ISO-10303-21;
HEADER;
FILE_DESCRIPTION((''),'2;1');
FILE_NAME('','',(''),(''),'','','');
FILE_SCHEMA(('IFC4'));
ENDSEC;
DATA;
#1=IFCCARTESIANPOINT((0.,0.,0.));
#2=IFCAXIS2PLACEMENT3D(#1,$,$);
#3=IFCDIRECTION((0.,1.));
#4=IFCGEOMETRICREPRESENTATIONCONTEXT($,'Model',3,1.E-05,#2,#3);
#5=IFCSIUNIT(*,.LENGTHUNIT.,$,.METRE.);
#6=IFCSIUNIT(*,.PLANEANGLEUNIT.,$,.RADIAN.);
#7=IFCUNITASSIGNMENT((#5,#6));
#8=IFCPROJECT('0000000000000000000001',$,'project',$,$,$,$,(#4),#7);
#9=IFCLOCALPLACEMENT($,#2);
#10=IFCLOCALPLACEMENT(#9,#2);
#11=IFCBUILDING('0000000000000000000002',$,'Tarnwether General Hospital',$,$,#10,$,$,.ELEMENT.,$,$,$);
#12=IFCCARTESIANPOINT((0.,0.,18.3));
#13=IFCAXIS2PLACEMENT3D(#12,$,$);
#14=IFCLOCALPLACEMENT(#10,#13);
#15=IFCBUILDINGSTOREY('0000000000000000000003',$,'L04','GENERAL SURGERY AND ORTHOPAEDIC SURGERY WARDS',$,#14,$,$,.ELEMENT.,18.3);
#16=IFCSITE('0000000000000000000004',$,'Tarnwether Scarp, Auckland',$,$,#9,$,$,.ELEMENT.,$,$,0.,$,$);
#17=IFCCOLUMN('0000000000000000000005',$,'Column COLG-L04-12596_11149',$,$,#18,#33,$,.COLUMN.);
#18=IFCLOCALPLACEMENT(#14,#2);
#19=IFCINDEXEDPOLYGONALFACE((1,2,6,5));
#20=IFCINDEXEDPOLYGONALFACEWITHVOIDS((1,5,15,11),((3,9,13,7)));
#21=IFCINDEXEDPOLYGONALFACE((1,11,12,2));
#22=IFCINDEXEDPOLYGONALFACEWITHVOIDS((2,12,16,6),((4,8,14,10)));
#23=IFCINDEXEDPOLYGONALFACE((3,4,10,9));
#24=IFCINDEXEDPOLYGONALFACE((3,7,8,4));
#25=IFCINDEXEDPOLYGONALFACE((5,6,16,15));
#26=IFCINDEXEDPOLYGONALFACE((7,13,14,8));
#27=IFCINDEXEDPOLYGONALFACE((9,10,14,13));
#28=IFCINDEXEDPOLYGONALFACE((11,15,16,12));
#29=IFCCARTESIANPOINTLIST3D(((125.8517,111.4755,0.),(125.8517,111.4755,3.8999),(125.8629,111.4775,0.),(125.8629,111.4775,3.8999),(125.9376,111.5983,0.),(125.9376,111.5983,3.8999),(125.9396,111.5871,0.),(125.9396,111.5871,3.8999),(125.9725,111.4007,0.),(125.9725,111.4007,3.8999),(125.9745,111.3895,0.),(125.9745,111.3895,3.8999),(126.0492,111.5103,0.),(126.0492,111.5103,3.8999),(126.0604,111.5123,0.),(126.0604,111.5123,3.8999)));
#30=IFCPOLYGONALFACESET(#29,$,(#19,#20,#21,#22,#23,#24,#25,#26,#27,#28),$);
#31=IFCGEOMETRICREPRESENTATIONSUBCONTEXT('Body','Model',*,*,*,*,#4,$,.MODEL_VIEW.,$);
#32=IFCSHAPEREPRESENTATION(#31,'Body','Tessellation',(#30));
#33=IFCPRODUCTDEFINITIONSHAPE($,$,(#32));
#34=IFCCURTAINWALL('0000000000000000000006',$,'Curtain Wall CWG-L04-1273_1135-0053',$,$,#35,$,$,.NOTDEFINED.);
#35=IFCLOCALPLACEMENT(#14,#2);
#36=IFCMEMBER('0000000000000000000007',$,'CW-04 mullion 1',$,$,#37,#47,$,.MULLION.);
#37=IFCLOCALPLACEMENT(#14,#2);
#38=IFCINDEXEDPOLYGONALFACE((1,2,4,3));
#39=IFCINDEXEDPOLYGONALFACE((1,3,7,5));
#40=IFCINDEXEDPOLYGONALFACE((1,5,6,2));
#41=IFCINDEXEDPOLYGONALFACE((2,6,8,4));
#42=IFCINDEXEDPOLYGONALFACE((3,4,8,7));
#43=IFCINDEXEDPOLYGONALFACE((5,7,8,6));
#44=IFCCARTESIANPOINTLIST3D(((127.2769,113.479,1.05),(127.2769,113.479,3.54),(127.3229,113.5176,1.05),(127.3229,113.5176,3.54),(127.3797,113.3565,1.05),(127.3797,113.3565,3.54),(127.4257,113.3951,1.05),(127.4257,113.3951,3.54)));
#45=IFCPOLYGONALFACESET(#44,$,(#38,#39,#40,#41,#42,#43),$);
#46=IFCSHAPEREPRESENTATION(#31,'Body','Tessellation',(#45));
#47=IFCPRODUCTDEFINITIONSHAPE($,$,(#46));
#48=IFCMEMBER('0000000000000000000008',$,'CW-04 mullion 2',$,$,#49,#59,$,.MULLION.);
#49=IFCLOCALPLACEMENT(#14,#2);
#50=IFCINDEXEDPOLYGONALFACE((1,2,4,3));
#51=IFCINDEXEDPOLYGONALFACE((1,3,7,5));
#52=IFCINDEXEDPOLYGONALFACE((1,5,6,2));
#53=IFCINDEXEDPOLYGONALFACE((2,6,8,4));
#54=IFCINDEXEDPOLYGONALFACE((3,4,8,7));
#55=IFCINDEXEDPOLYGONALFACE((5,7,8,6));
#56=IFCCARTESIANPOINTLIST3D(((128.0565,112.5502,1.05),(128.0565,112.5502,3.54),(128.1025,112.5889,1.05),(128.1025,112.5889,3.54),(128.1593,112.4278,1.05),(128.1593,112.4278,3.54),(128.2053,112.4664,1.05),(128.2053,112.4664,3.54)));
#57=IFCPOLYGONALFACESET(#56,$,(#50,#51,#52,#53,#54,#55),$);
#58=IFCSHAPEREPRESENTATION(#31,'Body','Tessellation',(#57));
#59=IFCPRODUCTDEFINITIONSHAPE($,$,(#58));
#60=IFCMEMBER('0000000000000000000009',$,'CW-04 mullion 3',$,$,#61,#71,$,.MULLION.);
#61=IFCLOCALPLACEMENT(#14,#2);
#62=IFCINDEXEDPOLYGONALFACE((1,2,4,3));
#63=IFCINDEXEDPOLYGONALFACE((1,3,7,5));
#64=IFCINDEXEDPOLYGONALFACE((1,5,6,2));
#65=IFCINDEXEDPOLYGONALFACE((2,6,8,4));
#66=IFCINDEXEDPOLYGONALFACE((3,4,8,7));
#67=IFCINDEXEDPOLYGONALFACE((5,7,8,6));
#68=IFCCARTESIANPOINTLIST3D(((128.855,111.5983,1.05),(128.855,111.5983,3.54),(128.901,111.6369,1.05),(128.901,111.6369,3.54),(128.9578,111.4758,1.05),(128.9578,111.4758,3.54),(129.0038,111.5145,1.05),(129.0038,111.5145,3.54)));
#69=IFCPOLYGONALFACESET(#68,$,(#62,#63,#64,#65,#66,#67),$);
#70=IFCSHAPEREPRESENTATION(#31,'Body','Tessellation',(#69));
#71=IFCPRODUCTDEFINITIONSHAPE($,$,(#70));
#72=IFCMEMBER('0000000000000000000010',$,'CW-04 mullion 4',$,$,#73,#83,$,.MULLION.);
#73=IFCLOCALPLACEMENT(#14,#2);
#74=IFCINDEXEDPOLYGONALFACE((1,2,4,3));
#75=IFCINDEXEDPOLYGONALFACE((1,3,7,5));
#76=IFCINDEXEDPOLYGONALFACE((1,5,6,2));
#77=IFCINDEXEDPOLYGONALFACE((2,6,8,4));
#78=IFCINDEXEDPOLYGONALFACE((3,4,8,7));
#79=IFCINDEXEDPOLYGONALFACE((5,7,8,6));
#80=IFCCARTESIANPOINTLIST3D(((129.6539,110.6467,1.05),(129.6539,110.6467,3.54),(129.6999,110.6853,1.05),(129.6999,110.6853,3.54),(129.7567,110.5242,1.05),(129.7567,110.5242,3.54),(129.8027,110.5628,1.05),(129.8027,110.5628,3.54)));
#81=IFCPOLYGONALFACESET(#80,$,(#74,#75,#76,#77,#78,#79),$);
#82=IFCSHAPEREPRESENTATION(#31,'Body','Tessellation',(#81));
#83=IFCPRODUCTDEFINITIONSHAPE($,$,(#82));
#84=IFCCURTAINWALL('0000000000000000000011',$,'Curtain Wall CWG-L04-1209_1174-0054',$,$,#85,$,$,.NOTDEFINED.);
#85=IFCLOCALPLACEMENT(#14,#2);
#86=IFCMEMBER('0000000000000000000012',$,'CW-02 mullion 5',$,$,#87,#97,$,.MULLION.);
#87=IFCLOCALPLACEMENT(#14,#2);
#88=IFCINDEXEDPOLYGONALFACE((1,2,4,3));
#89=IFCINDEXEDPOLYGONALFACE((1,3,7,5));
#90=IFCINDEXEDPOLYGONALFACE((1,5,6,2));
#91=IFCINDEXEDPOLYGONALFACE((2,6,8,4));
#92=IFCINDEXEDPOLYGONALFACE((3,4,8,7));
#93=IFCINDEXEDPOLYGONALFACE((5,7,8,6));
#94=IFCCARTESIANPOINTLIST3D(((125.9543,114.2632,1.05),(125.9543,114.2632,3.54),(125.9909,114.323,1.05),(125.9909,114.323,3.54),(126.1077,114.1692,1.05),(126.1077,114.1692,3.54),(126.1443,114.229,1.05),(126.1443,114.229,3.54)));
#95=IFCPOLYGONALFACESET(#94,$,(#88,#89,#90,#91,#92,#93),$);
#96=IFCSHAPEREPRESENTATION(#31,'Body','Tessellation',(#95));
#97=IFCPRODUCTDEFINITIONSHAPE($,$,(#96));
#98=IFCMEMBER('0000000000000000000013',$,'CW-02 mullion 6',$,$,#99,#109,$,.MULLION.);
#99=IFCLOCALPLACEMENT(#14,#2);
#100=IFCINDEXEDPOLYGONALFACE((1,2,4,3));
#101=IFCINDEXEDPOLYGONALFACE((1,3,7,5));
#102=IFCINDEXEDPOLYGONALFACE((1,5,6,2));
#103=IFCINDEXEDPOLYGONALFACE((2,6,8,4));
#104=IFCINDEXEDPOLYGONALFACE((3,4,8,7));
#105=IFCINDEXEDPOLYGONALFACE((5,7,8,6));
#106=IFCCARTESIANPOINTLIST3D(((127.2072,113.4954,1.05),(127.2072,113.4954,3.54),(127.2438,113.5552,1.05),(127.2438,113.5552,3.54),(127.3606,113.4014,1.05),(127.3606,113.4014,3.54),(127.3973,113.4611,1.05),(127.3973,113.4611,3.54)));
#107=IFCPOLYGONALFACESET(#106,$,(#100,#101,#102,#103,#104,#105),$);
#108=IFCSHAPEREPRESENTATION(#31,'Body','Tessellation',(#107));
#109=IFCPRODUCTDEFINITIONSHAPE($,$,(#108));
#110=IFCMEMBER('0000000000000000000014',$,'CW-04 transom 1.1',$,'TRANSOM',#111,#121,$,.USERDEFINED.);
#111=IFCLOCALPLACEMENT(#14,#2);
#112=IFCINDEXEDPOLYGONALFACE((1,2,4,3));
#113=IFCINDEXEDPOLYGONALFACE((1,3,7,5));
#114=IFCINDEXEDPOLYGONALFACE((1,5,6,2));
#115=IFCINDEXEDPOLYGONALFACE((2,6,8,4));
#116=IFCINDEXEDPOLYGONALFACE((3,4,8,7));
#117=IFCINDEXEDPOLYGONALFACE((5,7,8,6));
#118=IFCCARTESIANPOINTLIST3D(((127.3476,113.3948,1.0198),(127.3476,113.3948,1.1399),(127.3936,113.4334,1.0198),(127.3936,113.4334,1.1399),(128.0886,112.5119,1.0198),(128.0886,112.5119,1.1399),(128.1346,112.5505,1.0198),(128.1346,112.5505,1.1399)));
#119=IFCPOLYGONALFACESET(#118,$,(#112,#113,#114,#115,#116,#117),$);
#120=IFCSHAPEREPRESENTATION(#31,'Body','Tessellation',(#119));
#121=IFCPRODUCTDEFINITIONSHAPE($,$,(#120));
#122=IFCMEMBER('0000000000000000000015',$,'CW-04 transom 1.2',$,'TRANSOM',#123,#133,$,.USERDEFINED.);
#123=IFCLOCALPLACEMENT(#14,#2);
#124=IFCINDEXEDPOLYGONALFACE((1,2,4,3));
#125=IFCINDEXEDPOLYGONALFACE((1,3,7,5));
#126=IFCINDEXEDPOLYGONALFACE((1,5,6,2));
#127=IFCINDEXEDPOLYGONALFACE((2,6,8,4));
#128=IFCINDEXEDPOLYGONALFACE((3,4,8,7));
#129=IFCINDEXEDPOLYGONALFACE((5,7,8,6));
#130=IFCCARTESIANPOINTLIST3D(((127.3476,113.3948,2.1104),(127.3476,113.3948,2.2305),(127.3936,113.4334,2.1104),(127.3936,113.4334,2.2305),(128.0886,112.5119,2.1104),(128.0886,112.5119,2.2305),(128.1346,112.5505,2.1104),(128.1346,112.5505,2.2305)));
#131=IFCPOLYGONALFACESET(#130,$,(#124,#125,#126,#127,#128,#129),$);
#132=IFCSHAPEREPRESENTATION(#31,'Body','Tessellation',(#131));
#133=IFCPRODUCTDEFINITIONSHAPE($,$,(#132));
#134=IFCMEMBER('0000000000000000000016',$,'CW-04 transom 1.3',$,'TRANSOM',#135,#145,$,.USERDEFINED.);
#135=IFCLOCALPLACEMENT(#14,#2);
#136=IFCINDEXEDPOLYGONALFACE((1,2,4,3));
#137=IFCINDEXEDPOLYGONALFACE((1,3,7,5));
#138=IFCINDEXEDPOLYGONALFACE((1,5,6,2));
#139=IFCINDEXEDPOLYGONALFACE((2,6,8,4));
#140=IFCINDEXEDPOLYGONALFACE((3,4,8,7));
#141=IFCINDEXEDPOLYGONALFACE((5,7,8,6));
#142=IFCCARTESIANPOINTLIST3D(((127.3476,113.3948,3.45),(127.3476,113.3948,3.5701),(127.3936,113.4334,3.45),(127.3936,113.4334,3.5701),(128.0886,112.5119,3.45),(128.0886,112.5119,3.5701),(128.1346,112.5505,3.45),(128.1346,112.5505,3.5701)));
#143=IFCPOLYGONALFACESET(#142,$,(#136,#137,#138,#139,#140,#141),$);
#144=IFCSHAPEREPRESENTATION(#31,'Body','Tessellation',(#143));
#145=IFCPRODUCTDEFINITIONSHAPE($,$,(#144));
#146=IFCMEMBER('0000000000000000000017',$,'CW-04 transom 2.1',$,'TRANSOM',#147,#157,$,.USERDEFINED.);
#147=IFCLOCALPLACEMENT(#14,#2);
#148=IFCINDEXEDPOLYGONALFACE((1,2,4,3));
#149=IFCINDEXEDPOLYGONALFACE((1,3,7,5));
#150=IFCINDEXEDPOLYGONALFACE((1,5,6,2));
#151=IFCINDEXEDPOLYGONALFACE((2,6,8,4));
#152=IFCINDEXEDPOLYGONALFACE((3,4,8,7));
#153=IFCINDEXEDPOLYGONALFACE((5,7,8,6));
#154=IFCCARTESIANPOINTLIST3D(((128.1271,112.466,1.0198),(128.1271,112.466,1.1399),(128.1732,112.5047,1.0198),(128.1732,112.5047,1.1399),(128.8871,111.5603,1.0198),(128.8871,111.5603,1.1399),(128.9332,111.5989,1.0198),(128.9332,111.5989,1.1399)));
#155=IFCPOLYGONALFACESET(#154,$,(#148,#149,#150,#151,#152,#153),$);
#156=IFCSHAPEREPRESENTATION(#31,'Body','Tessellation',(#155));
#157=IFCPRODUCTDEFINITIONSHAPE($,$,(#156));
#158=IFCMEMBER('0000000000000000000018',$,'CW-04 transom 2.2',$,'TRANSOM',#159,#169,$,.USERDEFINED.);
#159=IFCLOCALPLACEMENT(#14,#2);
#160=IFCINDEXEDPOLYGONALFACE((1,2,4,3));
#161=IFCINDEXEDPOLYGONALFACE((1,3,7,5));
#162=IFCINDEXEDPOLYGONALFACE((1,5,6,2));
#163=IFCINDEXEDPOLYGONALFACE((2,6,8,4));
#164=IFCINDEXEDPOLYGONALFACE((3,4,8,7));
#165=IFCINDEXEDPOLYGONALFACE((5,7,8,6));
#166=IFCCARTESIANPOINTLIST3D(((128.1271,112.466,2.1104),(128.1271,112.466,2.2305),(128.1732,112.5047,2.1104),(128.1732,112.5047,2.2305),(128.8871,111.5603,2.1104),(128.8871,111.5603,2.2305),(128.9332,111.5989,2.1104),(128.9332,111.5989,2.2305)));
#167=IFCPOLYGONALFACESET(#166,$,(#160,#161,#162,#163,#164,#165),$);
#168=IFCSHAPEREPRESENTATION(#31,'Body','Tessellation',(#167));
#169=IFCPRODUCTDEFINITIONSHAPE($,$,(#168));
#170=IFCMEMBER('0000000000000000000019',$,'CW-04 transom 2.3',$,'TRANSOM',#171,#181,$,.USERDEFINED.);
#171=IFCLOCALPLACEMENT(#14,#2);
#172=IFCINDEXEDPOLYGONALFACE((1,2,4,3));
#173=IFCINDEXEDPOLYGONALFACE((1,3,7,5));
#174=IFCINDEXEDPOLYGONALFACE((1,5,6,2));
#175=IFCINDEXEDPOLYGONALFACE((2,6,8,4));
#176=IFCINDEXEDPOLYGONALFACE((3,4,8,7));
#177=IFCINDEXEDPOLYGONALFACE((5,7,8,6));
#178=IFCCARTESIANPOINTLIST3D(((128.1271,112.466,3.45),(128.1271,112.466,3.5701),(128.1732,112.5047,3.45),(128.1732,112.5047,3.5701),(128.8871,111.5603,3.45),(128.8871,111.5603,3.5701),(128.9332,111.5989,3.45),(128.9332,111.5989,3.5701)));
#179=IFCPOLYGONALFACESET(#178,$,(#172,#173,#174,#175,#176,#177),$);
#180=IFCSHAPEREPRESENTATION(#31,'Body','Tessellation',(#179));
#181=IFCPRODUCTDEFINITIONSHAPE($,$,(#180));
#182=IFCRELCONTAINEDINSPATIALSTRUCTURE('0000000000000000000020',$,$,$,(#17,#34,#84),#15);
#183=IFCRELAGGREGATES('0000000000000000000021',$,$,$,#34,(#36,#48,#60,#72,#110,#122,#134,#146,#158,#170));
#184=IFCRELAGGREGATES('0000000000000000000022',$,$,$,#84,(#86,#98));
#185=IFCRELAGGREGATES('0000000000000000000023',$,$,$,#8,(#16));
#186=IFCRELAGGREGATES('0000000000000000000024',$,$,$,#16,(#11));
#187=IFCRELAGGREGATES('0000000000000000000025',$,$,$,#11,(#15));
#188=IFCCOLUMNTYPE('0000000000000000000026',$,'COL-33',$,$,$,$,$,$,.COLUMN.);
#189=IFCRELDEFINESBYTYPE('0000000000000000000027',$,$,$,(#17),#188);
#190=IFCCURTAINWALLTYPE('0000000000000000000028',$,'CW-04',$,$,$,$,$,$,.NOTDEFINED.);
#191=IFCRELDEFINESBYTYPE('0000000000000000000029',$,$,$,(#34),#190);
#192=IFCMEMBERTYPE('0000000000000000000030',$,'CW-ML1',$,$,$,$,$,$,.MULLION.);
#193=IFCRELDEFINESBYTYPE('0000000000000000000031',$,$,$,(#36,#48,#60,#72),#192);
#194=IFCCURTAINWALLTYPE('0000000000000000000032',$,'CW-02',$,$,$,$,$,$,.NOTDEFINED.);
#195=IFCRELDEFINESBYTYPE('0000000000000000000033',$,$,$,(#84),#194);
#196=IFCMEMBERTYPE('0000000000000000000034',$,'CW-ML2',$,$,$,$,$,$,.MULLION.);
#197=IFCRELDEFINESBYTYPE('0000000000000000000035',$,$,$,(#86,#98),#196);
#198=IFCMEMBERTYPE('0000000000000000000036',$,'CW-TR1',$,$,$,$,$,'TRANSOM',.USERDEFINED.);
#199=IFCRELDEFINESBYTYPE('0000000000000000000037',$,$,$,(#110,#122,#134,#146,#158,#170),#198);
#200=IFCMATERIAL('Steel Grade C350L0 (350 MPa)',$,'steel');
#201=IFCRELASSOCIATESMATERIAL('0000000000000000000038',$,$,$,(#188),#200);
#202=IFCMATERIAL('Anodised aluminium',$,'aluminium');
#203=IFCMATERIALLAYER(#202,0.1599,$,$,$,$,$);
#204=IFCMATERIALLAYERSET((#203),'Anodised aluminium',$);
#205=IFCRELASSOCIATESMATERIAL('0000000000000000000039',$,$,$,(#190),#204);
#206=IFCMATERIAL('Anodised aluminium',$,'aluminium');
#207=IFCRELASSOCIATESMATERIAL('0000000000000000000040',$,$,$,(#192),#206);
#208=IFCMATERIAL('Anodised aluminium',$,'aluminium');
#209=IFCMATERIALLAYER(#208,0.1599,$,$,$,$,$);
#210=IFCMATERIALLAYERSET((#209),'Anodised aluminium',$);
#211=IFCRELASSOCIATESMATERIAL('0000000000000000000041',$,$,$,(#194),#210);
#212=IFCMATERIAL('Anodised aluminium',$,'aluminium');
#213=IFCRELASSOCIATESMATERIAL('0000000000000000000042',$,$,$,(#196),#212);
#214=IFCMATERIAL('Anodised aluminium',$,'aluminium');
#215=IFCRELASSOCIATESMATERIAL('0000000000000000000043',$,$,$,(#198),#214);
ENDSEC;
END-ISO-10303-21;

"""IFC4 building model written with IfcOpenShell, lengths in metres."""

from ifc_helpers import new_model, si_unit, direction, frame, origin, origin_2d, place, context, subcontext, project, spatial, rectangle, hollow_rectangle, extrude, material, layer, layer_set, material_profile, profile_set, type_object, element, aggregate, save


model = new_model("IFC4")

# Units and contexts
model_context = context("Model", 3, precision=1e-05, world=origin(), true_north=direction((0.0, 1.0)))
body_context = subcontext(model_context, "Body", "Model", "MODEL_VIEW")
ifc_project = project(units=[si_unit("LENGTHUNIT", "METRE"), si_unit("PLANEANGLEUNIT", "RADIAN")], contexts=[model_context])

# Site, building, storey
site_placement = place(None, origin())
site = spatial("IfcSite", under=ifc_project, at=site_placement, Name="Tarnwether Scarp, Auckland", CompositionType="ELEMENT", RefElevation=0.0)
building_placement = place(site_placement, origin())
building = spatial("IfcBuilding", under=site, at=building_placement, Name="Tarnwether General Hospital", CompositionType="ELEMENT")
storey_placement = place(building_placement, frame((0.0, 0.0, 18.3)))
storey = spatial("IfcBuildingStorey", under=building, at=storey_placement, Name="L04", Description="GENERAL SURGERY AND ORTHOPAEDIC SURGERY WARDS", CompositionType="ELEMENT", Elevation=18.3)

# Column
ifc_material_1 = material(Name="Steel Grade C350L0 (350 MPa)", Category="steel")
ifc_material_profile_1 = material_profile(ifc_material_1, hollow_rectangle(XDim=0.1499, YDim=0.1499, WallThickness=0.0081, at=origin_2d()), Name="SHS150x150x8")
ifc_profile_set_1 = profile_set([ifc_material_profile_1], Name="Steel Grade C350L0 (350 MPa)")
column_type = type_object("IfcColumnType", Name="COL-33", PredefinedType="COLUMN", material=ifc_profile_set_1)
column_placement = place(storey_placement, frame((125.9561, 111.4939, 0.0), z_axis=(0.0, 0.0, 1.0), x_axis=(0.573576, 0.819152, 0.0)))
element("IfcColumn", 1, at=column_placement, inside=storey, type_object=column_type, Name="Column COLG-L04-12596_11149", PredefinedType="COLUMN", context=body_context, shape_type="SweptSolid", body=[
    extrude(hollow_rectangle(XDim=0.1499, YDim=0.1499, WallThickness=0.0081, at=origin_2d()), origin(), (0.0, 0.0, 1.0), 3.8999),
])

# Curtain walls, members
ifc_material_2 = material(Name="Anodised aluminium", Category="aluminium")
ifc_layer_1 = layer(ifc_material_2, 0.1599)
ifc_layer_set_1 = layer_set([ifc_layer_1], Name="Anodised aluminium")
curtain_wall_type_1 = type_object("IfcCurtainWallType", Name="CW-04", PredefinedType="NOTDEFINED", material=ifc_layer_set_1)
curtain_wall_1_placement = place(storey_placement, origin())
curtain_wall_1 = element("IfcCurtainWall", 2, at=curtain_wall_1_placement, inside=storey, type_object=curtain_wall_type_1, Name="Curtain Wall CWG-L04-1273_1135-0053", PredefinedType="NOTDEFINED")
ifc_material_3 = material(Name="Anodised aluminium", Category="aluminium")
ifc_material_profile_2 = material_profile(ifc_material_3, rectangle(XDim=0.0601, YDim=0.1599, at=origin_2d()), Name="ALU-MUL-60x160")
ifc_profile_set_2 = profile_set([ifc_material_profile_2], Name="Anodised aluminium")
member_type_1 = type_object("IfcMemberType", Name="CW-ML1", PredefinedType="MULLION", material=ifc_profile_set_2)
member_1_placement = place(storey_placement, frame((127.3513, 113.437, 1.05), z_axis=(0.0, 0.0, 1.0), x_axis=(0.76599, 0.642852, 0.0)))
member_1 = element("IfcMember", 3, at=member_1_placement, type_object=member_type_1, Name="CW-04 mullion 1", PredefinedType="MULLION", context=body_context, shape_type="SweptSolid", body=[
    extrude(rectangle(XDim=0.0601, YDim=0.1599, at=origin_2d()), origin(), (0.0, 0.0, 1.0), 2.49),
])
member_2_placement = place(storey_placement, frame((128.1309, 112.5083, 1.05), z_axis=(0.0, 0.0, 1.0), x_axis=(0.76599, 0.642852, 0.0)))
member_2 = element("IfcMember", 4, at=member_2_placement, type_object=member_type_1, Name="CW-04 mullion 2", PredefinedType="MULLION", context=body_context, shape_type="SweptSolid", body=[
    extrude(rectangle(XDim=0.0601, YDim=0.1599, at=origin_2d()), origin(), (0.0, 0.0, 1.0), 2.49),
])
member_3_placement = place(storey_placement, frame((128.9294, 111.5564, 1.05), z_axis=(0.0, 0.0, 1.0), x_axis=(0.76599, 0.642852, 0.0)))
member_3 = element("IfcMember", 5, at=member_3_placement, type_object=member_type_1, Name="CW-04 mullion 3", PredefinedType="MULLION", context=body_context, shape_type="SweptSolid", body=[
    extrude(rectangle(XDim=0.0601, YDim=0.1599, at=origin_2d()), origin(), (0.0, 0.0, 1.0), 2.49),
])
member_4_placement = place(storey_placement, frame((129.7283, 110.6047, 1.05), z_axis=(0.0, 0.0, 1.0), x_axis=(0.76599, 0.642852, 0.0)))
member_4 = element("IfcMember", 6, at=member_4_placement, type_object=member_type_1, Name="CW-04 mullion 4", PredefinedType="MULLION", context=body_context, shape_type="SweptSolid", body=[
    extrude(rectangle(XDim=0.0601, YDim=0.1599, at=origin_2d()), origin(), (0.0, 0.0, 1.0), 2.49),
])
ifc_material_4 = material(Name="Anodised aluminium", Category="aluminium")
ifc_layer_2 = layer(ifc_material_4, 0.1599)
ifc_layer_set_2 = layer_set([ifc_layer_2], Name="Anodised aluminium")
curtain_wall_type_2 = type_object("IfcCurtainWallType", Name="CW-02", PredefinedType="NOTDEFINED", material=ifc_layer_set_2)
curtain_wall_2_placement = place(storey_placement, origin())
curtain_wall_2 = element("IfcCurtainWall", 7, at=curtain_wall_2_placement, inside=storey, type_object=curtain_wall_type_2, Name="Curtain Wall CWG-L04-1209_1174-0054", PredefinedType="NOTDEFINED")
ifc_material_5 = material(Name="Anodised aluminium", Category="aluminium")
ifc_material_profile_3 = material_profile(ifc_material_5, rectangle(XDim=0.0701, YDim=0.1799, at=origin_2d()), Name="ALU-MUL-70x180")
ifc_profile_set_3 = profile_set([ifc_material_profile_3], Name="Anodised aluminium")
member_type_2 = type_object("IfcMemberType", Name="CW-ML2", PredefinedType="MULLION", material=ifc_profile_set_3)
member_5_placement = place(storey_placement, frame((126.0493, 114.2461, 1.05), z_axis=(0.0, 0.0, 1.0), x_axis=(0.522509, 0.852634, 0.0)))
member_5 = element("IfcMember", 8, at=member_5_placement, type_object=member_type_2, Name="CW-02 mullion 5", PredefinedType="MULLION", context=body_context, shape_type="SweptSolid", body=[
    extrude(rectangle(XDim=0.0701, YDim=0.1799, at=origin_2d()), origin(), (0.0, 0.0, 1.0), 2.49),
])
member_6_placement = place(storey_placement, frame((127.3022, 113.4783, 1.05), z_axis=(0.0, 0.0, 1.0), x_axis=(0.522509, 0.852634, 0.0)))
member_6 = element("IfcMember", 9, at=member_6_placement, type_object=member_type_2, Name="CW-02 mullion 6", PredefinedType="MULLION", context=body_context, shape_type="SweptSolid", body=[
    extrude(rectangle(XDim=0.0701, YDim=0.1799, at=origin_2d()), origin(), (0.0, 0.0, 1.0), 2.49),
])

# Members
ifc_material_6 = material(Name="Anodised aluminium", Category="aluminium")
ifc_material_profile_4 = material_profile(ifc_material_6, rectangle(XDim=0.0601, YDim=0.1201, at=origin_2d()), Name="ALU-TRN-60x120")
ifc_profile_set_4 = profile_set([ifc_material_profile_4], Name="Anodised aluminium")
member_type_3 = type_object("IfcMemberType", Name="CW-TR1", ElementType="TRANSOM", PredefinedType="USERDEFINED", material=ifc_profile_set_4)
member_7_placement = place(storey_placement, frame((127.3706, 113.4141, 1.0798), z_axis=(0.642889, -0.765959, 0.0), x_axis=(0.765959, 0.642889, 0.0)))
member_7 = element("IfcMember", 10, at=member_7_placement, type_object=member_type_3, Name="CW-04 transom 1.1", ObjectType="TRANSOM", PredefinedType="USERDEFINED", context=body_context, shape_type="SweptSolid", body=[
    extrude(rectangle(XDim=0.0601, YDim=0.1201, at=origin_2d()), origin(), (0.0, 0.0, 1.0), 1.1526),
])
member_8_placement = place(storey_placement, frame((127.3706, 113.4141, 2.1704), z_axis=(0.642889, -0.765959, 0.0), x_axis=(0.765959, 0.642889, 0.0)))
member_8 = element("IfcMember", 11, at=member_8_placement, type_object=member_type_3, Name="CW-04 transom 1.2", ObjectType="TRANSOM", PredefinedType="USERDEFINED", context=body_context, shape_type="SweptSolid", body=[
    extrude(rectangle(XDim=0.0601, YDim=0.1201, at=origin_2d()), origin(), (0.0, 0.0, 1.0), 1.1526),
])
member_9_placement = place(storey_placement, frame((127.3706, 113.4141, 3.51), z_axis=(0.642889, -0.765959, 0.0), x_axis=(0.765959, 0.642889, 0.0)))
member_9 = element("IfcMember", 12, at=member_9_placement, type_object=member_type_3, Name="CW-04 transom 1.3", ObjectType="TRANSOM", PredefinedType="USERDEFINED", context=body_context, shape_type="SweptSolid", body=[
    extrude(rectangle(XDim=0.0601, YDim=0.1201, at=origin_2d()), origin(), (0.0, 0.0, 1.0), 1.1526),
])
member_10_placement = place(storey_placement, frame((128.1501, 112.4854, 1.0798), z_axis=(0.64278, -0.766051, 0.0), x_axis=(0.766051, 0.64278, 0.0)))
member_10 = element("IfcMember", 13, at=member_10_placement, type_object=member_type_3, Name="CW-04 transom 2.1", ObjectType="TRANSOM", PredefinedType="USERDEFINED", context=body_context, shape_type="SweptSolid", body=[
    extrude(rectangle(XDim=0.0601, YDim=0.1201, at=origin_2d()), origin(), (0.0, 0.0, 1.0), 1.1824),
])
member_11_placement = place(storey_placement, frame((128.1501, 112.4854, 2.1704), z_axis=(0.64278, -0.766051, 0.0), x_axis=(0.766051, 0.64278, 0.0)))
member_11 = element("IfcMember", 14, at=member_11_placement, type_object=member_type_3, Name="CW-04 transom 2.2", ObjectType="TRANSOM", PredefinedType="USERDEFINED", context=body_context, shape_type="SweptSolid", body=[
    extrude(rectangle(XDim=0.0601, YDim=0.1201, at=origin_2d()), origin(), (0.0, 0.0, 1.0), 1.1824),
])
member_12_placement = place(storey_placement, frame((128.1501, 112.4854, 3.51), z_axis=(0.64278, -0.766051, 0.0), x_axis=(0.766051, 0.64278, 0.0)))
member_12 = element("IfcMember", 15, at=member_12_placement, type_object=member_type_3, Name="CW-04 transom 2.3", ObjectType="TRANSOM", PredefinedType="USERDEFINED", context=body_context, shape_type="SweptSolid", body=[
    extrude(rectangle(XDim=0.0601, YDim=0.1201, at=origin_2d()), origin(), (0.0, 0.0, 1.0), 1.1824),
])

aggregate(curtain_wall_1, [member_1, member_2, member_3, member_4, member_7, member_8, member_9, member_10, member_11, member_12])
aggregate(curtain_wall_2, [member_5, member_6])

save(model, "model.ifc")
